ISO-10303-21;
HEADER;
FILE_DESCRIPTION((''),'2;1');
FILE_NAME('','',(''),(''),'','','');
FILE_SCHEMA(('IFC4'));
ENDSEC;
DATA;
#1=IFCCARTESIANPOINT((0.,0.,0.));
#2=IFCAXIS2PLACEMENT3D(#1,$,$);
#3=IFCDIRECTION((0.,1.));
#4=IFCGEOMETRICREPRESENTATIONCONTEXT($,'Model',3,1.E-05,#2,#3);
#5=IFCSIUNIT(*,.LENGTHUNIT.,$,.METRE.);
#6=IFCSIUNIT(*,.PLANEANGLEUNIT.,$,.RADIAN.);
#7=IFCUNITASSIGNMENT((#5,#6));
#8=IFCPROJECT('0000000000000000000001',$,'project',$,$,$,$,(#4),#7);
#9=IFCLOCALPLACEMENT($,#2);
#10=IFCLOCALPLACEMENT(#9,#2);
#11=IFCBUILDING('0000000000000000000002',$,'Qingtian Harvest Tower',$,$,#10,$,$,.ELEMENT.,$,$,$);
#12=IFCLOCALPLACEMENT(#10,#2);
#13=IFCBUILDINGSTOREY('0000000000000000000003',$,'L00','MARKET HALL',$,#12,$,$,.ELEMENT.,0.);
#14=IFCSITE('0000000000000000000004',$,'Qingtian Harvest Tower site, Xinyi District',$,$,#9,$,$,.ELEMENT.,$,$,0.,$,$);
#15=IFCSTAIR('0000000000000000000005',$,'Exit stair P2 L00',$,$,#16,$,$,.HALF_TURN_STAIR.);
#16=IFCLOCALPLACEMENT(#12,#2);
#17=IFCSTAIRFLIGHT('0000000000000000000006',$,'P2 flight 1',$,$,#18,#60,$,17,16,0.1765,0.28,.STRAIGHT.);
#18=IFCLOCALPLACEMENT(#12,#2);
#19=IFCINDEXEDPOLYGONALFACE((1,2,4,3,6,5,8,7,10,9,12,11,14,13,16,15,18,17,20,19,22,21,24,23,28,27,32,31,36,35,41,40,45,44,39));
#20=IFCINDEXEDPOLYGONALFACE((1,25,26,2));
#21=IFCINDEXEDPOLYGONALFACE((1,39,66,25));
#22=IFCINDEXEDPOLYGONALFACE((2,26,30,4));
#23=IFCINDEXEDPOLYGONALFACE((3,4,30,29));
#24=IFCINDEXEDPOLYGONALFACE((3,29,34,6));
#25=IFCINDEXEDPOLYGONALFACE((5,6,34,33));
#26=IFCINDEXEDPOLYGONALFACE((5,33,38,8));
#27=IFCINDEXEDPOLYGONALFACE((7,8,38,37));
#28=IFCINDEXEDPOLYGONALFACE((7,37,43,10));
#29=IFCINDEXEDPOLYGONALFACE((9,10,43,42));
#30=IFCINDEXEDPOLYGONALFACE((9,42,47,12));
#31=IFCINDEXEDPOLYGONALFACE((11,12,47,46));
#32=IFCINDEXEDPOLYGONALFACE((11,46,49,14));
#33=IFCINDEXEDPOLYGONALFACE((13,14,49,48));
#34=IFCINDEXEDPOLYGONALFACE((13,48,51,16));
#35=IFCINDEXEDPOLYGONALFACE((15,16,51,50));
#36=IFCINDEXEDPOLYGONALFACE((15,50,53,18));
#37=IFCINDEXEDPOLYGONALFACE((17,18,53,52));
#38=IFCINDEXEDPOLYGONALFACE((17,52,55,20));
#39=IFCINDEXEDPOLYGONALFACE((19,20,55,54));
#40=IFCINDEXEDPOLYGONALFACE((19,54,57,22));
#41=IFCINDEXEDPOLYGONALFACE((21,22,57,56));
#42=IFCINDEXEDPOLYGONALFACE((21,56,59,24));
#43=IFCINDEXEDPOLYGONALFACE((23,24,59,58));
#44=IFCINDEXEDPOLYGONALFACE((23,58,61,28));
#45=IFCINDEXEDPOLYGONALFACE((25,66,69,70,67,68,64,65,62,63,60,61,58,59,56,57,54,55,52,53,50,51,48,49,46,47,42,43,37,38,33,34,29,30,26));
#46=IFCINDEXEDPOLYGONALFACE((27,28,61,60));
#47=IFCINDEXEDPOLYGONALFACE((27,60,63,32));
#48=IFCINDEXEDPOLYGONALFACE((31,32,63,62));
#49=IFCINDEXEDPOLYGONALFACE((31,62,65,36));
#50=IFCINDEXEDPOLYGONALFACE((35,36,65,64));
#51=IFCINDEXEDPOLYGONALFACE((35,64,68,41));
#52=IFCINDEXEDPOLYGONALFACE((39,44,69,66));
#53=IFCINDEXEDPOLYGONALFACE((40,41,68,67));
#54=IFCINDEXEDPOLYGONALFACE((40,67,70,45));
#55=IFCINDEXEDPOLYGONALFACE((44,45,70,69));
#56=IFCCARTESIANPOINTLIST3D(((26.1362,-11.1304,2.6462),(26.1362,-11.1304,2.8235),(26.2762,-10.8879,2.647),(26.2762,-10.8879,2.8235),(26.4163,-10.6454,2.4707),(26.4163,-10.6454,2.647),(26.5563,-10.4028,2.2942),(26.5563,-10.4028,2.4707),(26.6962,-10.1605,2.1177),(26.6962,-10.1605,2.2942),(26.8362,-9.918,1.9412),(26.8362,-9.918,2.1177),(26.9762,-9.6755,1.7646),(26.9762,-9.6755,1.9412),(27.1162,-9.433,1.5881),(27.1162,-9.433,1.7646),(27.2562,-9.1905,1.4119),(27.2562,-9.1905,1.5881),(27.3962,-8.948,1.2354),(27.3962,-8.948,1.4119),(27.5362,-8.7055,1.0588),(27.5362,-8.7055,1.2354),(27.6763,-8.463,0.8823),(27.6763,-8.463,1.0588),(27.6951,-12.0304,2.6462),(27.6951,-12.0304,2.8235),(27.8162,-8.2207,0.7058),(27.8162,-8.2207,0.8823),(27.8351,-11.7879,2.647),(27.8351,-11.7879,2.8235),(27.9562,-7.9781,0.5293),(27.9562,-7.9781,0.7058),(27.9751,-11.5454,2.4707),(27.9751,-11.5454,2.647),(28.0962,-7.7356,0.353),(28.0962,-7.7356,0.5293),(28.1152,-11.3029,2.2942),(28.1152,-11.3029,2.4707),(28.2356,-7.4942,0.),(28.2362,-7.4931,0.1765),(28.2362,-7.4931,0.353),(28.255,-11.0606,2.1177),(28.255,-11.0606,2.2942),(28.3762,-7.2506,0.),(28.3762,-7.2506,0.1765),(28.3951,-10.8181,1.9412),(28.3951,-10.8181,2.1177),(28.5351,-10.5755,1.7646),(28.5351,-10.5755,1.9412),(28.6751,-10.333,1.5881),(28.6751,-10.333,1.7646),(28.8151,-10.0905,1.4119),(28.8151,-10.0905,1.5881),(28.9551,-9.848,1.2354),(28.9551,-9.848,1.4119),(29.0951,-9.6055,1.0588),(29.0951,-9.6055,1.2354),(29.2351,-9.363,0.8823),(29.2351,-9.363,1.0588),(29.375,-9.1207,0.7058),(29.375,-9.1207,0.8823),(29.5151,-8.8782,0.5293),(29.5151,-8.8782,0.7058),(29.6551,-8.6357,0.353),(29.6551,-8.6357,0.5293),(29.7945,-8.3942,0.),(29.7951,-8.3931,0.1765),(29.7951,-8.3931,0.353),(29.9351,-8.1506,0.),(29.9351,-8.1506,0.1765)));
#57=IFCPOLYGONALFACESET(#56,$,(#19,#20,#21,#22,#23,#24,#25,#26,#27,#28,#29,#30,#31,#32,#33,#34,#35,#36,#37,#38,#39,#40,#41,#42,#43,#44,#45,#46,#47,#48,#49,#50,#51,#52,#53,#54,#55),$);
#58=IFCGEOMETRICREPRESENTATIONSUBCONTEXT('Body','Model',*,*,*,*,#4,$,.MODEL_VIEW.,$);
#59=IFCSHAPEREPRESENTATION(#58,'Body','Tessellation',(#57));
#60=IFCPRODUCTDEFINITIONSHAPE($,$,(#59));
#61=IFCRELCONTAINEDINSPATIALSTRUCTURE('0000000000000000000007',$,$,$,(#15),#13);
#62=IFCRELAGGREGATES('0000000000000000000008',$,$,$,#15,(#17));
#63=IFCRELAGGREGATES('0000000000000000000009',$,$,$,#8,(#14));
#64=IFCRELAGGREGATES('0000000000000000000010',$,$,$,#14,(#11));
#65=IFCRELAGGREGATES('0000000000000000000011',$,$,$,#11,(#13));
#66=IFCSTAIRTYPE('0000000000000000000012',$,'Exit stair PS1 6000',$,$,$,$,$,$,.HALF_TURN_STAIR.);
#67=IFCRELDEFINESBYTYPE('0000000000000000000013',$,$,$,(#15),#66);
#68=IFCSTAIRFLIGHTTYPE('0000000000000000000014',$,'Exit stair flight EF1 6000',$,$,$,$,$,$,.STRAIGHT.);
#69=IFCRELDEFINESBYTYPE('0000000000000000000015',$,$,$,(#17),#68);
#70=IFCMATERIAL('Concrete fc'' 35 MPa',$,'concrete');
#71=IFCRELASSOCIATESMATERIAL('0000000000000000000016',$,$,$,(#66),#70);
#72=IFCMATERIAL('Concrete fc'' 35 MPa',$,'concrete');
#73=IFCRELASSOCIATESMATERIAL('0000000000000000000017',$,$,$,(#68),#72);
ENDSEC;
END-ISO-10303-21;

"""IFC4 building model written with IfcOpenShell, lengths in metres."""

from ifc_helpers import new_model, si_unit, direction, frame, origin, place, context, subcontext, project, spatial, polyline, outline, extrude, material, type_object, element, aggregate, save


model = new_model("IFC4")

# Units and contexts
model_context = context("Model", 3, precision=1e-05, world=origin(), true_north=direction((0.0, 1.0)))
body_context = subcontext(model_context, "Body", "Model", "MODEL_VIEW")
ifc_project = project(units=[si_unit("LENGTHUNIT", "METRE"), si_unit("PLANEANGLEUNIT", "RADIAN")], contexts=[model_context])

# Site, building, storey
site_placement = place(None, origin())
site = spatial("IfcSite", under=ifc_project, at=site_placement, Name="Qingtian Harvest Tower site, Xinyi District", CompositionType="ELEMENT", RefElevation=0.0)
building_placement = place(site_placement, origin())
building = spatial("IfcBuilding", under=site, at=building_placement, Name="Qingtian Harvest Tower", CompositionType="ELEMENT")
storey_placement = place(building_placement, origin())
storey = spatial("IfcBuildingStorey", under=building, at=storey_placement, Name="L00", Description="MARKET HALL", CompositionType="ELEMENT", Elevation=0.0)

# Stair, stair flight
ifc_material_1 = material(Name="Concrete fc' 35 MPa", Category="concrete")
stair_type = type_object("IfcStairType", Name="Exit stair PS1 6000", PredefinedType="HALF_TURN_STAIR", material=ifc_material_1)
stair_placement = place(storey_placement, origin())
stair = element("IfcStair", 1, at=stair_placement, inside=storey, type_object=stair_type, Name="Exit stair P2 L00", PredefinedType="HALF_TURN_STAIR")
ifc_material_2 = material(Name="Concrete fc' 35 MPa", Category="concrete")
stair_flight_type = type_object("IfcStairFlightType", Name="Exit stair flight EF1 6000", PredefinedType="STRAIGHT", material=ifc_material_2)
stair_flight_placement = place(storey_placement, frame((29.1558, -7.7007, 0.0), z_axis=(0.0, 0.0, 1.0), x_axis=(-0.5, -0.866025, 0.0)))
stair_flight = element("IfcStairFlight", 2, at=stair_flight_placement, type_object=stair_flight_type, Name="P2 flight 1", NumberOfRisers=17, NumberOfTreads=16, PredefinedType="STRAIGHT", RiserHeight=0.1765, TreadLength=0.28, context=body_context, shape_type="SweptSolid", body=[
    extrude(outline(polyline([(0.0, 0.0), (0.0, 0.1765), (0.28, 0.1765), (0.28, 0.353), (0.5601, 0.353), (0.5601, 0.5293), (0.8401, 0.5293), (0.8401, 0.7058), (1.1201, 0.7058), (1.1201, 0.8823), (1.3999, 0.8823), (1.3999, 1.0588), (1.6799, 1.0588), (1.6799, 1.2354), (1.96, 1.2354), (1.96, 1.4119), (2.24, 1.4119), (2.24, 1.5881), (2.52, 1.5881), (2.52, 1.7646), (2.8, 1.7646), (2.8, 1.9412), (3.0801, 1.9412), (3.0801, 2.1177), (3.3601, 2.1177), (3.3601, 2.2942), (3.6399, 2.2942), (3.6399, 2.4707), (3.9199, 2.4707), (3.9199, 2.647), (4.2, 2.647), (4.2, 2.8235), (4.48, 2.8235), (4.48, 3.0), (4.48, 2.6462), (0.2812, 0.0), (0.0, 0.0)])), frame((0.0, 0.8999, 0.0), z_axis=(0.0, -1.0, 0.0), x_axis=(1.0, 0.0, 0.0)), (0.0, 0.0, 1.0), 1.8),
])
aggregate(stair, [stair_flight])

save(model, "model.ifc")
